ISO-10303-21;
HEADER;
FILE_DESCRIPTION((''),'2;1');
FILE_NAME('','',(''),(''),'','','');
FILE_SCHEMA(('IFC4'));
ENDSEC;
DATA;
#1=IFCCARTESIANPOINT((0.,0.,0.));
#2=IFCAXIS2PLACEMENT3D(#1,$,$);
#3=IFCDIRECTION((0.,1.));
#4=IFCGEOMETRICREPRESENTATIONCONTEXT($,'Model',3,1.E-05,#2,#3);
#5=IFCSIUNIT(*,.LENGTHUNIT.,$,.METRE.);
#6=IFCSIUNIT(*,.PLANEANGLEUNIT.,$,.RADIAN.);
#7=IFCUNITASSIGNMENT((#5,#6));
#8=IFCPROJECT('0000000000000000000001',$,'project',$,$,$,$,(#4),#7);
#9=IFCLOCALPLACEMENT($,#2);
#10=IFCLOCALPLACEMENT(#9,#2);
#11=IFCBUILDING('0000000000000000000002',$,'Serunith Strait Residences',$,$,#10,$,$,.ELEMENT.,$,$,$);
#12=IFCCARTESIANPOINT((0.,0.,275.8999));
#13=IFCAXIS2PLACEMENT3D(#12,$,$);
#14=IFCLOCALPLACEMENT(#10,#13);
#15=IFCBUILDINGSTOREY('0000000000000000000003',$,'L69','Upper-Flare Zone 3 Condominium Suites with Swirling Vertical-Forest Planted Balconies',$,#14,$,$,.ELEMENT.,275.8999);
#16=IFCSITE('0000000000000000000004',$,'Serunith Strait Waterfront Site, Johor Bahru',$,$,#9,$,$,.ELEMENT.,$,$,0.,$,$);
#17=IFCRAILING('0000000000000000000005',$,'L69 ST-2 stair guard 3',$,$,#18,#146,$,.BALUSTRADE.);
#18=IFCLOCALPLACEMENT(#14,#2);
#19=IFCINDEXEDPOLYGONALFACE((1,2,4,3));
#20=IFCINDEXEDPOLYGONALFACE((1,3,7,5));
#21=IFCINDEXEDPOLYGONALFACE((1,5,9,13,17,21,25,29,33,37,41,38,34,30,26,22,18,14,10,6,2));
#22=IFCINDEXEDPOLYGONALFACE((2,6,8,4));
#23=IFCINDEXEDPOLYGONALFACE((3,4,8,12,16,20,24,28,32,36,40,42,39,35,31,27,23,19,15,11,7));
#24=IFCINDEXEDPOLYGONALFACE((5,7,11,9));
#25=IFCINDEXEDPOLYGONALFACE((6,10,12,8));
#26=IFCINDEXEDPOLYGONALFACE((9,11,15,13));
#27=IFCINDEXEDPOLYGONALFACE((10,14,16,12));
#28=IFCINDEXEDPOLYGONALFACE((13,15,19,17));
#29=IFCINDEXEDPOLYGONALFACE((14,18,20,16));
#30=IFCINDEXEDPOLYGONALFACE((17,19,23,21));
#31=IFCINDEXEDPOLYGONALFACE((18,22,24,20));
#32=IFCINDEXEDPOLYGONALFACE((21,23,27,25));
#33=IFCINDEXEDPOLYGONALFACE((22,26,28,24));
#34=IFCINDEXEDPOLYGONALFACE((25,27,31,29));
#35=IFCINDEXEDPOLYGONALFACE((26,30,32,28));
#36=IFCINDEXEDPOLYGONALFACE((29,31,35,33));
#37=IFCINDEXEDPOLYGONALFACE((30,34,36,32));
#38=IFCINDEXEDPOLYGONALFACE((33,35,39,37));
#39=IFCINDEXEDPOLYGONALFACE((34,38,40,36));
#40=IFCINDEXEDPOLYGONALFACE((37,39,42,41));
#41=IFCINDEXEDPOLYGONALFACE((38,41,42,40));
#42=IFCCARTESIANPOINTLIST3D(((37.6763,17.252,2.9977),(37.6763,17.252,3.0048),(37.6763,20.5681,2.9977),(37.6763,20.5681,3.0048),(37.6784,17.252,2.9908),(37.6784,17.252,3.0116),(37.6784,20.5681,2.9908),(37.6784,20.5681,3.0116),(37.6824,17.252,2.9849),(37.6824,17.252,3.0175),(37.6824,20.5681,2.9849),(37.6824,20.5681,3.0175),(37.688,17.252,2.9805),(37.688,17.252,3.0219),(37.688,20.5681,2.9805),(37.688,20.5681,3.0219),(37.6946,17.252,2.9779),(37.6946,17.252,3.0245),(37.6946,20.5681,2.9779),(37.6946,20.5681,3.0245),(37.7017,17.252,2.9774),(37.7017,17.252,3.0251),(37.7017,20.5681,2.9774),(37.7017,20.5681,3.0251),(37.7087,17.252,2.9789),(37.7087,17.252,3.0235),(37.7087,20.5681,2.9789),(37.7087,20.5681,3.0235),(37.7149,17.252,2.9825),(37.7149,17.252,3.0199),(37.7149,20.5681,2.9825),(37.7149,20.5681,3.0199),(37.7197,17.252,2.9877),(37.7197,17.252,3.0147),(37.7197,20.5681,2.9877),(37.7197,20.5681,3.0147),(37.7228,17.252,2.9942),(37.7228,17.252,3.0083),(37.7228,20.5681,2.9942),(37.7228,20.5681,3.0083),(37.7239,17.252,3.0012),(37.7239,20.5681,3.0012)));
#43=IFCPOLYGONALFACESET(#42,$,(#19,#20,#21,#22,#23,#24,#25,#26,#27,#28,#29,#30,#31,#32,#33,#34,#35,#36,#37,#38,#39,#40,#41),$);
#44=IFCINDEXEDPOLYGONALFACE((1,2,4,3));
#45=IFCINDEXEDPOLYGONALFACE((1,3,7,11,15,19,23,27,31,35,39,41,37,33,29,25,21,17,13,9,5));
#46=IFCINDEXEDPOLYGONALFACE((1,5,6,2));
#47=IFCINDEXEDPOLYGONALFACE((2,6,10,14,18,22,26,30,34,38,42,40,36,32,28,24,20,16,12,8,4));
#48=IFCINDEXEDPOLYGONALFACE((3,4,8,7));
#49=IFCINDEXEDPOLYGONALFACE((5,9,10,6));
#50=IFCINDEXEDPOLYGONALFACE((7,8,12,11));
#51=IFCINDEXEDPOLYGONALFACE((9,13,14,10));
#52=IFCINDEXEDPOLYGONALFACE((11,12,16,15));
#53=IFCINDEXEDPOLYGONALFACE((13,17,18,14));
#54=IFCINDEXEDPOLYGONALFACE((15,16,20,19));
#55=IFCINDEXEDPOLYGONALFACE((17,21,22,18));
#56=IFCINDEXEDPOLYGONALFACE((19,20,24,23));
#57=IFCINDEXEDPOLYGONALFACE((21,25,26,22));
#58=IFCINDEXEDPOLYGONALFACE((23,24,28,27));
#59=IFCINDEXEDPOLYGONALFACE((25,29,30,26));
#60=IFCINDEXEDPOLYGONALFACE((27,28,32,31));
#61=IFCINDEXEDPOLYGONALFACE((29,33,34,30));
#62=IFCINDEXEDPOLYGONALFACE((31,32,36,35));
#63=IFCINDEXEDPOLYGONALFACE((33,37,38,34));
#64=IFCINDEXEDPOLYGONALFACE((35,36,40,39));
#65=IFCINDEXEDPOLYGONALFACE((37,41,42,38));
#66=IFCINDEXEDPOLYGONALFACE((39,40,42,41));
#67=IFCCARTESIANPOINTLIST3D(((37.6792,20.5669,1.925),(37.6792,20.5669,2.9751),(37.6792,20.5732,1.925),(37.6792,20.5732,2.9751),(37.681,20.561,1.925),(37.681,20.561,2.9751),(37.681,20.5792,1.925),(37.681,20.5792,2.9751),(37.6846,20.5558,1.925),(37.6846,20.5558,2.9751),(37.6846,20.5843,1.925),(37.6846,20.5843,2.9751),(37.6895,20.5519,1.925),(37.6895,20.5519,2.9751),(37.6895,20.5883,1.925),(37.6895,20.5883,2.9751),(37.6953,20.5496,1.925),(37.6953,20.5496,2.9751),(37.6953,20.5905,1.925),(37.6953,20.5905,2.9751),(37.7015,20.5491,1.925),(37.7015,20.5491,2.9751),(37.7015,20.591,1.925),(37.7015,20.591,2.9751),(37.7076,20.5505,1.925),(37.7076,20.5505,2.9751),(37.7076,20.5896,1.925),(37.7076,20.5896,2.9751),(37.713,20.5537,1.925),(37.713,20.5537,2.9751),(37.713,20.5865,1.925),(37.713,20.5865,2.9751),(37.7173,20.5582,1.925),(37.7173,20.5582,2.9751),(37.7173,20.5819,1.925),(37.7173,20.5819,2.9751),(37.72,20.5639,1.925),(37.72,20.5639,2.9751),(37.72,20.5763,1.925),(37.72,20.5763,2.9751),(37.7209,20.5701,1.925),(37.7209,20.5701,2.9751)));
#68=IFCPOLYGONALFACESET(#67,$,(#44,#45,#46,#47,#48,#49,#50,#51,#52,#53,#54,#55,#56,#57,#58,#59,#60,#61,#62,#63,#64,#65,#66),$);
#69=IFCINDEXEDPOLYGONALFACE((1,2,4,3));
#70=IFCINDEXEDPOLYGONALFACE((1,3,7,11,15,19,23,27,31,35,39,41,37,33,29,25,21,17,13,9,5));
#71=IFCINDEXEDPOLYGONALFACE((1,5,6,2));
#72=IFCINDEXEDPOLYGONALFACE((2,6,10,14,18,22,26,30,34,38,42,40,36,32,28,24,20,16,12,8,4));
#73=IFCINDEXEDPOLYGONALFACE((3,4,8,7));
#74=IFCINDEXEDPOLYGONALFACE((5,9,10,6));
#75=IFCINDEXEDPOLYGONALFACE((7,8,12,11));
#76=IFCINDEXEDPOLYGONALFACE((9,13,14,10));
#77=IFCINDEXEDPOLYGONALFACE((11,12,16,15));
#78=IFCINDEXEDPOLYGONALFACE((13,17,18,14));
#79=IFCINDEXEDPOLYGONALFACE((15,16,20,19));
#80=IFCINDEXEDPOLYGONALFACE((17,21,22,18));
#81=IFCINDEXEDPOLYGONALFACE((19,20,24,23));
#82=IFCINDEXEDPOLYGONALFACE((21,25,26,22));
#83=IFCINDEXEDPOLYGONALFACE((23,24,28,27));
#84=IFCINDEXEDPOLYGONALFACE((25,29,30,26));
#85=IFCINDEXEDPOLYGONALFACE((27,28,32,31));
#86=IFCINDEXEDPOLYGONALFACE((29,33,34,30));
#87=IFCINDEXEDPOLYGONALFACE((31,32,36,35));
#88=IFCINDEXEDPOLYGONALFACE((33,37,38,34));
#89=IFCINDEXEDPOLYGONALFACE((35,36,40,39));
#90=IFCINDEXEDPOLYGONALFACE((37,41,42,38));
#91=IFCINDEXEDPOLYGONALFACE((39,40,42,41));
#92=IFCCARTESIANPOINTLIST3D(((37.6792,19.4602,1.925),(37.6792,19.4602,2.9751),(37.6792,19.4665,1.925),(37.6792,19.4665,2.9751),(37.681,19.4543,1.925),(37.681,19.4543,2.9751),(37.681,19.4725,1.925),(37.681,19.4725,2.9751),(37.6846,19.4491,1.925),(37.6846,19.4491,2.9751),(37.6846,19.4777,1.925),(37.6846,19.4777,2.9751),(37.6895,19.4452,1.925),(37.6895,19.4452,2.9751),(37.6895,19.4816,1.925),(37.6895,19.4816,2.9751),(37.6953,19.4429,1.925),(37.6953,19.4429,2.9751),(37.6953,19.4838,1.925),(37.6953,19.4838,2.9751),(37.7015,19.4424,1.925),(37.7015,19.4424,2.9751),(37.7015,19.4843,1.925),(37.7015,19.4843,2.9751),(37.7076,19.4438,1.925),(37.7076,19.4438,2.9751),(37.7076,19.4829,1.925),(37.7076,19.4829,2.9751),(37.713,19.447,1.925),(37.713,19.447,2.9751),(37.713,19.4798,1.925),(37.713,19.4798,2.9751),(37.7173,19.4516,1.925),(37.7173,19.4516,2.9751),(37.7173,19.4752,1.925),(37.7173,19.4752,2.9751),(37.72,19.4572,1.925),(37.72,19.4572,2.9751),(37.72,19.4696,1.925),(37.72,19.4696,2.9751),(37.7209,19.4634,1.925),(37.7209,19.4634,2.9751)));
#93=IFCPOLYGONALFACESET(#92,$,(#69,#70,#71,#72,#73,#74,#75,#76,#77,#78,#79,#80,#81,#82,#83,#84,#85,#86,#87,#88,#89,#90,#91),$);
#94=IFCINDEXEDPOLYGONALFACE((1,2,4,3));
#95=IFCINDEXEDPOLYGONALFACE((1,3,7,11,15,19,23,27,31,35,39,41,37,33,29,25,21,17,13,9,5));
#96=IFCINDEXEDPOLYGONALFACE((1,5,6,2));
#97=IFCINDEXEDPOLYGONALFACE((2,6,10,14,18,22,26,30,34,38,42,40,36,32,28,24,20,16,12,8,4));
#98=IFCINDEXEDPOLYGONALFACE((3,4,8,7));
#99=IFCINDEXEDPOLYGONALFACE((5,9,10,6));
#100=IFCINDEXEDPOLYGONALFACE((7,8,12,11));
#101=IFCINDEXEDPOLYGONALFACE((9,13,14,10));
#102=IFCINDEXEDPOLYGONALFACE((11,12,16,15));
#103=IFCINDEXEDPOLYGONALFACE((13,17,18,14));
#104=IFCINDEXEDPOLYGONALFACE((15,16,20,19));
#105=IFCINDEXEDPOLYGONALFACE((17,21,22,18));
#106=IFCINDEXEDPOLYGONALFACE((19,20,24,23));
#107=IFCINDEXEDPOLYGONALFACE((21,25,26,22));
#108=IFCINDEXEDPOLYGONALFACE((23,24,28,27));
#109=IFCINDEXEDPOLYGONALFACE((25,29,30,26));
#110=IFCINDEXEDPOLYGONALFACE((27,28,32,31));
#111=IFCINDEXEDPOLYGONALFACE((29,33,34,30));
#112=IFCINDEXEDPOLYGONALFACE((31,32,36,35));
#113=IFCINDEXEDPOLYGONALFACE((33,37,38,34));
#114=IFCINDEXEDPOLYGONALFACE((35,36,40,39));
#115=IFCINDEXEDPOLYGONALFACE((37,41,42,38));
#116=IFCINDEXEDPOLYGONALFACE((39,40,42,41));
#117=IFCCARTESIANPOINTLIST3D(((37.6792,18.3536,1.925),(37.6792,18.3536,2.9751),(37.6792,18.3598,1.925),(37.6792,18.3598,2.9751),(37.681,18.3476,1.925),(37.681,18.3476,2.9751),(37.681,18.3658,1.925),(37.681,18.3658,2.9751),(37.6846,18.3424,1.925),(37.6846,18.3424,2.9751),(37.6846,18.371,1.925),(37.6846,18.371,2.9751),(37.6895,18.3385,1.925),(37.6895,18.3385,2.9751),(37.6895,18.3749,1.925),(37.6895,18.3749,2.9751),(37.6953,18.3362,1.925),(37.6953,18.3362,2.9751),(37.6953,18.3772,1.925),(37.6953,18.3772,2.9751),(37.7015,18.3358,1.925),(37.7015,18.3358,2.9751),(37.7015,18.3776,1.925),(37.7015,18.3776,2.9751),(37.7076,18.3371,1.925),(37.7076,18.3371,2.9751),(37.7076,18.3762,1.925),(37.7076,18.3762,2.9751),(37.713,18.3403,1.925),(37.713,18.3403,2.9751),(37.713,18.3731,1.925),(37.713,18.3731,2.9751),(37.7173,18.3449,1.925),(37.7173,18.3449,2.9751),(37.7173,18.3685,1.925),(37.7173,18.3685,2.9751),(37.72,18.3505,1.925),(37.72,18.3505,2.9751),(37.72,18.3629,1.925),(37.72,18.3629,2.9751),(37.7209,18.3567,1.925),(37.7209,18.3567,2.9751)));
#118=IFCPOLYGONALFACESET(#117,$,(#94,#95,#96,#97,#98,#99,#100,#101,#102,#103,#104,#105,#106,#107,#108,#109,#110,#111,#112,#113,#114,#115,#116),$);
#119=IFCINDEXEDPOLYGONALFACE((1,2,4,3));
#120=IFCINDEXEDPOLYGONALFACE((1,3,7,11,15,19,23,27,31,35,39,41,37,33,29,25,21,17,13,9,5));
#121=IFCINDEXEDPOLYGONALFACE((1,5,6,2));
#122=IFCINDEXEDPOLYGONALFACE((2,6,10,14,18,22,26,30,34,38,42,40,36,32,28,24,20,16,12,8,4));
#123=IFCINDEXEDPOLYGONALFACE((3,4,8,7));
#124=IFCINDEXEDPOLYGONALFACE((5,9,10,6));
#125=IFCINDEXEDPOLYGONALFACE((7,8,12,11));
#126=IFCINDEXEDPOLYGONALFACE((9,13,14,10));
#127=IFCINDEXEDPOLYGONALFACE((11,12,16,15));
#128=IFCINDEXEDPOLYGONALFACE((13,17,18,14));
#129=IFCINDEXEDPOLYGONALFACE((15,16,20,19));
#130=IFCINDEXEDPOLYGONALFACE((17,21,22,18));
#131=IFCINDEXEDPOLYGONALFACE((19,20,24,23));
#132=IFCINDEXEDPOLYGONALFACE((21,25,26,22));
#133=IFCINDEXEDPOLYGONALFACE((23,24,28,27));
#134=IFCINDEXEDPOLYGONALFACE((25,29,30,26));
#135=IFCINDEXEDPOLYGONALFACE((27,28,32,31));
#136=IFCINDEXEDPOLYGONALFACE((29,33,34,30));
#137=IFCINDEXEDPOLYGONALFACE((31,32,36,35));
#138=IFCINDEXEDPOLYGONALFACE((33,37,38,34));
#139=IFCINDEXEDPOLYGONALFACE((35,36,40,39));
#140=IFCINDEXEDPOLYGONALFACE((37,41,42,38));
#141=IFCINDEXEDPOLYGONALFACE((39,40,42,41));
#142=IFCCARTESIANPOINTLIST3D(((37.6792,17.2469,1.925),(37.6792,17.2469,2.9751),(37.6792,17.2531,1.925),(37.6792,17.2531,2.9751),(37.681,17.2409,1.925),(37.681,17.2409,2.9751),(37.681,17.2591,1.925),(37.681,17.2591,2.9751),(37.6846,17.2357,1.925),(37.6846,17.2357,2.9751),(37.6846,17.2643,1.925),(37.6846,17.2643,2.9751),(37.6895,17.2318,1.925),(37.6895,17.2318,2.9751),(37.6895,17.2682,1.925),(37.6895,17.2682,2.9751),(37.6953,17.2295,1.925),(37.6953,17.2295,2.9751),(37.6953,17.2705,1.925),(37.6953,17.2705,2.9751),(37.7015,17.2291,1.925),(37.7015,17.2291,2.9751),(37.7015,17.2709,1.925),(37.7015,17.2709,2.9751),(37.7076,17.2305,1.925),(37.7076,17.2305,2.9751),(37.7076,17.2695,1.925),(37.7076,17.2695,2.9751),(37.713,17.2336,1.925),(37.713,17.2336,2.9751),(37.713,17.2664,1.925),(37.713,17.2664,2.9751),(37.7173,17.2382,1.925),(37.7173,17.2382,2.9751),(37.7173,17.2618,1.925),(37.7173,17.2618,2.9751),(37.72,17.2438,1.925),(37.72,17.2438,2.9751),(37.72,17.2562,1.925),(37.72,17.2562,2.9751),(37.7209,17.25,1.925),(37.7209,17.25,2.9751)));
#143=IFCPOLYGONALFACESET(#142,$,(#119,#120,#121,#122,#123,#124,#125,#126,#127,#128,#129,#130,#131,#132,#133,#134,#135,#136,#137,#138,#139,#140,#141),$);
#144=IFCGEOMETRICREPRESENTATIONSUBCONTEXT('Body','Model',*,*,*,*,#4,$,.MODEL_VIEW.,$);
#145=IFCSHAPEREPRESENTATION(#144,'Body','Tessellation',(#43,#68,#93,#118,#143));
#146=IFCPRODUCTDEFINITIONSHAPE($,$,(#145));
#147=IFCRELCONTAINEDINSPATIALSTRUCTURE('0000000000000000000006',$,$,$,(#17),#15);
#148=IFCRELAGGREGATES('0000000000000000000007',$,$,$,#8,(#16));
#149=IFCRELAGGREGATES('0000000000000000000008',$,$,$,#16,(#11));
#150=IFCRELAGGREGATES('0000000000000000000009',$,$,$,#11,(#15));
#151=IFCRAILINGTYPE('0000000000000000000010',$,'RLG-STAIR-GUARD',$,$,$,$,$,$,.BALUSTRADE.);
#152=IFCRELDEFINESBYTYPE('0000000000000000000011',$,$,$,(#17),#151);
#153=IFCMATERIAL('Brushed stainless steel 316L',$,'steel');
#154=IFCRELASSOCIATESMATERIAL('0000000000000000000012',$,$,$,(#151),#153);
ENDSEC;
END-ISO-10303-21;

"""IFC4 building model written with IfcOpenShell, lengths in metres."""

from ifc_helpers import new_model, si_unit, direction, frame, origin, origin_2d, place, context, subcontext, project, spatial, circle, extrude, material, type_object, element, save


model = new_model("IFC4")

# Units and contexts
model_context = context("Model", 3, precision=1e-05, world=origin(), true_north=direction((0.0, 1.0)))
body_context = subcontext(model_context, "Body", "Model", "MODEL_VIEW")
ifc_project = project(units=[si_unit("LENGTHUNIT", "METRE"), si_unit("PLANEANGLEUNIT", "RADIAN")], contexts=[model_context])

# Site, building, storey
site_placement = place(None, origin())
site = spatial("IfcSite", under=ifc_project, at=site_placement, Name="Serunith Strait Waterfront Site, Johor Bahru", CompositionType="ELEMENT", RefElevation=0.0)
building_placement = place(site_placement, origin())
building = spatial("IfcBuilding", under=site, at=building_placement, Name="Serunith Strait Residences", CompositionType="ELEMENT")
storey_placement = place(building_placement, frame((0.0, 0.0, 275.8999)))
storey = spatial("IfcBuildingStorey", under=building, at=storey_placement, Name="L69", Description="Upper-Flare Zone 3 Condominium Suites with Swirling Vertical-Forest Planted Balconies", CompositionType="ELEMENT", Elevation=275.8999)

# Railing
ifc_material_1 = material(Name="Brushed stainless steel 316L", Category="steel")
railing_type_1 = type_object("IfcRailingType", Name="RLG-STAIR-GUARD", PredefinedType="BALUSTRADE", material=ifc_material_1)
for number, where, name in (
    (1, (37.7, 20.5701, 1.925), "L69 ST-2 stair guard 3"),
):
    element("IfcRailing", number, at=place(storey_placement, frame(where)), inside=storey, type_object=railing_type_1, Name=name, PredefinedType="BALUSTRADE", context=body_context, shape_type="SweptSolid", body=[
        extrude(circle(Radius=0.0239, at=origin_2d()), frame((0.0, -0.002, 1.0762), z_axis=(0.0, -1.0, 0.0), x_axis=(1.0, 0.0, 0.0)), (0.0, 0.0, 1.0), 3.3162),
        extrude(circle(Radius=0.021, at=origin_2d()), origin(), (0.0, 0.0, 1.0), 1.05),
        extrude(circle(Radius=0.021, at=origin_2d()), frame((0.0, -1.1067, 0.0)), (0.0, 0.0, 1.0), 1.05),
        extrude(circle(Radius=0.021, at=origin_2d()), frame((0.0, -2.2134, 0.0)), (0.0, 0.0, 1.0), 1.05),
        extrude(circle(Radius=0.021, at=origin_2d()), frame((0.0, -3.3201, 0.0)), (0.0, 0.0, 1.0), 1.05),
    ])

save(model, "model.ifc")
